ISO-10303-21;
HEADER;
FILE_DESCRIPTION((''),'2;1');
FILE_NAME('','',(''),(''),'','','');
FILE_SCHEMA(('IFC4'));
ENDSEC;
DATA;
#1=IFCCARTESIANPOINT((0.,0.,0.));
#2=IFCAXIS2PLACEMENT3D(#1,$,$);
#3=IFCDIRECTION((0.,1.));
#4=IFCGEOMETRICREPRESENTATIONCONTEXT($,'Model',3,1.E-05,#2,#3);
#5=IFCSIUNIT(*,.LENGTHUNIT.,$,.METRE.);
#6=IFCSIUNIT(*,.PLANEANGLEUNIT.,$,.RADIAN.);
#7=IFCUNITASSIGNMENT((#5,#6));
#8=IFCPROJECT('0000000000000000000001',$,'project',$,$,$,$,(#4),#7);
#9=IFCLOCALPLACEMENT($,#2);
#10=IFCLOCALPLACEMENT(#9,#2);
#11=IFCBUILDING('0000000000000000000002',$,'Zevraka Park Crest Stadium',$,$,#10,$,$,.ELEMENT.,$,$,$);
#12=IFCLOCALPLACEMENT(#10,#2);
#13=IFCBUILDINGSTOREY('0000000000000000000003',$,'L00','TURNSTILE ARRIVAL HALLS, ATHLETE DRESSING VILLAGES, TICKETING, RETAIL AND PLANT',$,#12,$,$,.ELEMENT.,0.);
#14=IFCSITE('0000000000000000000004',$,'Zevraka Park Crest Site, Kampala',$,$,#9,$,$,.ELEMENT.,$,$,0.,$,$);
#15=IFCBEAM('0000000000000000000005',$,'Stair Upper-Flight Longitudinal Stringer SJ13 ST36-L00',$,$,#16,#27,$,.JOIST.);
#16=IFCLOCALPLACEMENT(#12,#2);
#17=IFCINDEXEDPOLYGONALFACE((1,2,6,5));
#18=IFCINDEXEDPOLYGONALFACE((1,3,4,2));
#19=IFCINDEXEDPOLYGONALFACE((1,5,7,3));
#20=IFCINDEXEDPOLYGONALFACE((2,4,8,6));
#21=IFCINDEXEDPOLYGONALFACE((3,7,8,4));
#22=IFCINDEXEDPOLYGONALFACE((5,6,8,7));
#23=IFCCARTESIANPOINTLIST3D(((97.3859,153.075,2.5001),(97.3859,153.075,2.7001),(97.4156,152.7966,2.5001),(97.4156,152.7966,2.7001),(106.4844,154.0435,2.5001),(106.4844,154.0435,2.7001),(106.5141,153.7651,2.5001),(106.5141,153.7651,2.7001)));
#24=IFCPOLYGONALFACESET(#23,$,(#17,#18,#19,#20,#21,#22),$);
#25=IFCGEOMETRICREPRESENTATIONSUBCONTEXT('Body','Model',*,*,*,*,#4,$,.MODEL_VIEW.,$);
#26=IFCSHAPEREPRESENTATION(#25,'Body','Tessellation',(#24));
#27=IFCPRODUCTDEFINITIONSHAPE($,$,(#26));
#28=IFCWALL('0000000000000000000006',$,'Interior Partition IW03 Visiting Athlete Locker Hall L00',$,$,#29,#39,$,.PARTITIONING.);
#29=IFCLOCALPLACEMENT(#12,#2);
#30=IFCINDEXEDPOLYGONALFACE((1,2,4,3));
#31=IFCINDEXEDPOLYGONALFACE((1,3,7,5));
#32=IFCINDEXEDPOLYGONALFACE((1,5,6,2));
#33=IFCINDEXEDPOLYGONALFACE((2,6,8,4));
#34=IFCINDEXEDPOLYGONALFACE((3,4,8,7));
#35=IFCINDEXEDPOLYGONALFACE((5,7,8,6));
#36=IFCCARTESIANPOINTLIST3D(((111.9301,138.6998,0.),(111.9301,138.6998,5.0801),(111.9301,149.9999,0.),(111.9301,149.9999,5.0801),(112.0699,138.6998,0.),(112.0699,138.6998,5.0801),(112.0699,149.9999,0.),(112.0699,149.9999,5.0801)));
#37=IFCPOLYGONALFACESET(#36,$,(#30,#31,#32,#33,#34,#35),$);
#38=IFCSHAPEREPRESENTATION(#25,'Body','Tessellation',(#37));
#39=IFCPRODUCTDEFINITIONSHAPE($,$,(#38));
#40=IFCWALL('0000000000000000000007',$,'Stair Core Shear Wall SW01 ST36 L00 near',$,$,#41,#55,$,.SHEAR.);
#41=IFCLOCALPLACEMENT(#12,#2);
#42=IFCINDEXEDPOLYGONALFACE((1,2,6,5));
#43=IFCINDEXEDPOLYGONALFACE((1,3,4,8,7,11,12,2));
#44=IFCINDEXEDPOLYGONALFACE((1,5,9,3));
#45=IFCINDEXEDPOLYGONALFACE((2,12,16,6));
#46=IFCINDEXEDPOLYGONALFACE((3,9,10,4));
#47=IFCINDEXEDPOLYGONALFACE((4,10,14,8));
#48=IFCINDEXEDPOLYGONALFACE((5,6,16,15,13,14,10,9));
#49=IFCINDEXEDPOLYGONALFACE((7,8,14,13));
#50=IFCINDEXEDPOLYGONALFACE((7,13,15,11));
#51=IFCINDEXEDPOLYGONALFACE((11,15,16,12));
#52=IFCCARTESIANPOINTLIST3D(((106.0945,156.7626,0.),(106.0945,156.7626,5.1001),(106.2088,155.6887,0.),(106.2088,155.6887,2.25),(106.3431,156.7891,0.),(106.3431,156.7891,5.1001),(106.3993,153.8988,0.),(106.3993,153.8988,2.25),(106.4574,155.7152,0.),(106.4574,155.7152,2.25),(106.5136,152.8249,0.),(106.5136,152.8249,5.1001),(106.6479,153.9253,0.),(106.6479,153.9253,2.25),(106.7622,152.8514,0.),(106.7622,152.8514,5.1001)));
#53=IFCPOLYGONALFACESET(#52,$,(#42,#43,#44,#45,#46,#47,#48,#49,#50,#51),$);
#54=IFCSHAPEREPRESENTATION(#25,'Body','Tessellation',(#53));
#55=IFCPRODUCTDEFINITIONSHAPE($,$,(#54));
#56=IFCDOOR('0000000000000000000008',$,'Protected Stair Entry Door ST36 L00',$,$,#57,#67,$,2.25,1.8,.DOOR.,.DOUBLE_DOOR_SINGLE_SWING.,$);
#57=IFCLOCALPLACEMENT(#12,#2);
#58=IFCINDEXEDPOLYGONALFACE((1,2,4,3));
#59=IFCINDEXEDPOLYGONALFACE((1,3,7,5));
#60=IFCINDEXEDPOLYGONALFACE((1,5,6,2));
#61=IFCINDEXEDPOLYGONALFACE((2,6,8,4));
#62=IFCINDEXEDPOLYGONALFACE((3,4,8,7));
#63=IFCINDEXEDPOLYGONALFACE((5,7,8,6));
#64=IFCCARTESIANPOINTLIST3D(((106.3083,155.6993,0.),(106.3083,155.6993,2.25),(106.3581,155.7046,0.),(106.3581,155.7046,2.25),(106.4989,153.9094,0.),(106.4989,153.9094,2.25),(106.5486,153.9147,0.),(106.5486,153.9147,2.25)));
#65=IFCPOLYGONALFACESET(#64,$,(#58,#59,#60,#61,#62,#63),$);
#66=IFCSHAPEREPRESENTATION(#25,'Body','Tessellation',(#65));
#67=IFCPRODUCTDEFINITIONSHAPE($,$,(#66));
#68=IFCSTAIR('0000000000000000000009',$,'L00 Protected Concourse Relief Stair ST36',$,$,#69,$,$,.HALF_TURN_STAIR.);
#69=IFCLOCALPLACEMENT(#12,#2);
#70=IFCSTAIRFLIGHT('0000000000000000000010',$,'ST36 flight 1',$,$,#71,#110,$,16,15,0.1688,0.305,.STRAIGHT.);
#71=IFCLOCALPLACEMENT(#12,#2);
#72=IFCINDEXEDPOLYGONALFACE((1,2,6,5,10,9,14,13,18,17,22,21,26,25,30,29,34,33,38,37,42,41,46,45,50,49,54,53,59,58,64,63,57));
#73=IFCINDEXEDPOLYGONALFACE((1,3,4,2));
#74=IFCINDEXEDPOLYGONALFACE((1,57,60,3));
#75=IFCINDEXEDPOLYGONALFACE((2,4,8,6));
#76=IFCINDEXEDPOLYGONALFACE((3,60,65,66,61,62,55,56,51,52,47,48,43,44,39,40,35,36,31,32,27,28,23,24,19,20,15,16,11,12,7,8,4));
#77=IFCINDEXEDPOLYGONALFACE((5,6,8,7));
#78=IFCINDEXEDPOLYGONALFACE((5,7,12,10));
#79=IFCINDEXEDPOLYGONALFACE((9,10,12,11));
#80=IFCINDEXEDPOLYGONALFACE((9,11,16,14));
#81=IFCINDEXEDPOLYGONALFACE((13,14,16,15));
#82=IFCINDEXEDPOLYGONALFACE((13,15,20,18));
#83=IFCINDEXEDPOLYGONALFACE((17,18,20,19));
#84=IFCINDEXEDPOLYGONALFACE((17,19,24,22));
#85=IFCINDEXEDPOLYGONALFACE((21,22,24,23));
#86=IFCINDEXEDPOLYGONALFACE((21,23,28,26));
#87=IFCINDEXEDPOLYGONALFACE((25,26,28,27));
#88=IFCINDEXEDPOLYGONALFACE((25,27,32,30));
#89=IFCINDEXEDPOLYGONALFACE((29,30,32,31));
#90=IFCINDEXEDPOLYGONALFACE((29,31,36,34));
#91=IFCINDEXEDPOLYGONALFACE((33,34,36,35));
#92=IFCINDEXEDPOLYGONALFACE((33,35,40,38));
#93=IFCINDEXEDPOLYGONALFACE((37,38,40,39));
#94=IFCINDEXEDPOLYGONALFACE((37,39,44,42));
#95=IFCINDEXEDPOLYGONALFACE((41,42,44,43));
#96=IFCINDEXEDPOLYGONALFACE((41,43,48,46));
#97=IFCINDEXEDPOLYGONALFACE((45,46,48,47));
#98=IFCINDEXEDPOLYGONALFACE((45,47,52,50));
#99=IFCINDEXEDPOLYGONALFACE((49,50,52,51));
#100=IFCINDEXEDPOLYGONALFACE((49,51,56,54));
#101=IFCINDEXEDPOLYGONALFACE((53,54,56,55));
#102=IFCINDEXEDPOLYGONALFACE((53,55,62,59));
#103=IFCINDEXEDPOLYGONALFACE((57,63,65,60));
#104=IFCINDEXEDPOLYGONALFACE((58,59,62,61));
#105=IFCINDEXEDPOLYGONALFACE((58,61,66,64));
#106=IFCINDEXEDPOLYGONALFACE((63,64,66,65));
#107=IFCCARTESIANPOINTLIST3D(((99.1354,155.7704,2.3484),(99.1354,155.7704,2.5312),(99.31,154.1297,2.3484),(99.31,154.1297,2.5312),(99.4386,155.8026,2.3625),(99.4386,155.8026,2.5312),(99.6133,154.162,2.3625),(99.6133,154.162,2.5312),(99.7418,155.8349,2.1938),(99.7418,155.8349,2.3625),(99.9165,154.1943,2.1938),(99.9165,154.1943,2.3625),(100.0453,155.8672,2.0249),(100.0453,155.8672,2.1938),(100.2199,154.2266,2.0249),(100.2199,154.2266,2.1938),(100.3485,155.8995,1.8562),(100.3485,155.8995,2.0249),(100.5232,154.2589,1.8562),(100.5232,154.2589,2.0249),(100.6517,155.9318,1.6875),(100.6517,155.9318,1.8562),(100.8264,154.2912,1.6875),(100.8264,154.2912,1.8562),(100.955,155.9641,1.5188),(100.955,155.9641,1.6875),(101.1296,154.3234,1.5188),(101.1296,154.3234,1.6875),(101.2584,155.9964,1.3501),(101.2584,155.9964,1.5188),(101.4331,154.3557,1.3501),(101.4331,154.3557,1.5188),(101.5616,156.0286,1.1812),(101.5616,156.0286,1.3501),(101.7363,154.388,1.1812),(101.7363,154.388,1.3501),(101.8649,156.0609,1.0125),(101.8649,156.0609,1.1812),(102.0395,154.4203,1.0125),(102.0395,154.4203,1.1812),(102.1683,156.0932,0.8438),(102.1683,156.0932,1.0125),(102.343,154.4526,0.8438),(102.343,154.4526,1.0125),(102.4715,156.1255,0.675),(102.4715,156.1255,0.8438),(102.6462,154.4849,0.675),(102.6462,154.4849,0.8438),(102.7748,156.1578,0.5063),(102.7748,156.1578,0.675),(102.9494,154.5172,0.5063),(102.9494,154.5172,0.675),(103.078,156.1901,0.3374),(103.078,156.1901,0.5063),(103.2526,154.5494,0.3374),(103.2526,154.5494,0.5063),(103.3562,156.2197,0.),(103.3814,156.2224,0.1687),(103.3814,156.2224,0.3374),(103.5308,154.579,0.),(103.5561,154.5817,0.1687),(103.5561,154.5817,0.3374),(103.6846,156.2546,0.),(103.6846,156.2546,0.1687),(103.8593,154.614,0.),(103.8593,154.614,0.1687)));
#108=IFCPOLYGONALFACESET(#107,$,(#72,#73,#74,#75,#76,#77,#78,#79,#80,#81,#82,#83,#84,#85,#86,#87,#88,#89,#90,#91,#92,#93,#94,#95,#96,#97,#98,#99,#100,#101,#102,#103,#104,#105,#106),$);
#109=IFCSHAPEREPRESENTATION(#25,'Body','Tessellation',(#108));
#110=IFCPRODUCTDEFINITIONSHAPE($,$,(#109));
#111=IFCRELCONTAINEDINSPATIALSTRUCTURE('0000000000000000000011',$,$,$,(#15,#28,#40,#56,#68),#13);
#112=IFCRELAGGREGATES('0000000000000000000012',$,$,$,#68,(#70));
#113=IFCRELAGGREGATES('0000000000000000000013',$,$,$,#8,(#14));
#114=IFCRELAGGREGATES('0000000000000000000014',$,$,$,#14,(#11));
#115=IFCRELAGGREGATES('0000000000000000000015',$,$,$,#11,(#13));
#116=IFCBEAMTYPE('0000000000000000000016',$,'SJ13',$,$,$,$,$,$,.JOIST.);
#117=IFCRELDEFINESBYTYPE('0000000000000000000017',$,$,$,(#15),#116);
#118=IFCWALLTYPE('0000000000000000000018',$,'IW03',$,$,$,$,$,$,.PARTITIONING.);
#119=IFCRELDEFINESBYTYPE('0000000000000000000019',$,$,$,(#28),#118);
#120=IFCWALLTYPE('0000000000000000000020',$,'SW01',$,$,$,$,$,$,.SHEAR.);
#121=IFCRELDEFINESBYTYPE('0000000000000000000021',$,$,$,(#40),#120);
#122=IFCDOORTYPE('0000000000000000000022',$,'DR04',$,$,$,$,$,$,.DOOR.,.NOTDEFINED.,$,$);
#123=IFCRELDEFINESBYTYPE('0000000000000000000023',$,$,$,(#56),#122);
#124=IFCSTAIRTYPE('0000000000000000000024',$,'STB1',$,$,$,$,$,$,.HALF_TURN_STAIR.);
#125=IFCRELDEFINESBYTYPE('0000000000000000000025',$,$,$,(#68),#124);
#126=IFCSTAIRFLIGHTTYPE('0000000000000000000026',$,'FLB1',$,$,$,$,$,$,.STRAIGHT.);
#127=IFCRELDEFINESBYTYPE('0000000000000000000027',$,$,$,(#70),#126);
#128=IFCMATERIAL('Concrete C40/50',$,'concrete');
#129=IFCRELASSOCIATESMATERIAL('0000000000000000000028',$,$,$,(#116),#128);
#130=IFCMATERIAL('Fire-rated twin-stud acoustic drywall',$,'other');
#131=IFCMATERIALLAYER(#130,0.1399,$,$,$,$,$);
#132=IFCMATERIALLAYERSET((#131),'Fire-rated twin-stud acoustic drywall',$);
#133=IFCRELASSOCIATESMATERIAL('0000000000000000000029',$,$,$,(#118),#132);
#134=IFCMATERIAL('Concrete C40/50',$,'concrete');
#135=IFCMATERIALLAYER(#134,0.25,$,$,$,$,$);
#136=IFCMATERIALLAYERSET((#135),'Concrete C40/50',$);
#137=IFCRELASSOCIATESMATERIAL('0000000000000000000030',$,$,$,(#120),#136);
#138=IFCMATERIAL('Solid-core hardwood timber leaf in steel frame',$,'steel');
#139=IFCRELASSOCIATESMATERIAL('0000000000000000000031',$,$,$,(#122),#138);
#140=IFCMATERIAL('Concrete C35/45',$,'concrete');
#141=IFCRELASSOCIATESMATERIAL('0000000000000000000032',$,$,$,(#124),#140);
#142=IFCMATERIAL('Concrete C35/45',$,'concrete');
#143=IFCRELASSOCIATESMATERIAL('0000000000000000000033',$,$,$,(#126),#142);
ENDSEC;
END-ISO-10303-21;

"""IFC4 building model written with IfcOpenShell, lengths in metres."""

from ifc_helpers import new_model, si_unit, direction, frame, frame_2d, origin, origin_2d, place, context, subcontext, project, spatial, polyline, rectangle, outline, extrude, material, layer, layer_set, material_profile, profile_set, type_object, element, fill, aggregate, save


model = new_model("IFC4")

# Units and contexts
model_context = context("Model", 3, precision=1e-05, world=origin(), true_north=direction((0.0, 1.0)))
body_context = subcontext(model_context, "Body", "Model", "MODEL_VIEW")
ifc_project = project(units=[si_unit("LENGTHUNIT", "METRE"), si_unit("PLANEANGLEUNIT", "RADIAN")], contexts=[model_context])

# Site, building, storey
site_placement = place(None, origin())
site = spatial("IfcSite", under=ifc_project, at=site_placement, Name="Zevraka Park Crest Site, Kampala", CompositionType="ELEMENT", RefElevation=0.0)
building_placement = place(site_placement, origin())
building = spatial("IfcBuilding", under=site, at=building_placement, Name="Zevraka Park Crest Stadium", CompositionType="ELEMENT")
storey_placement = place(building_placement, origin())
storey = spatial("IfcBuildingStorey", under=building, at=storey_placement, Name="L00", Description="TURNSTILE ARRIVAL HALLS, ATHLETE DRESSING VILLAGES, TICKETING, RETAIL AND PLANT", CompositionType="ELEMENT", Elevation=0.0)

# Beam
ifc_material_1 = material(Name="Concrete C40/50", Category="concrete")
ifc_material_profile_1 = material_profile(ifc_material_1, rectangle(XDim=0.28, YDim=0.2, at=origin_2d()), Name="RC 200x280")
ifc_profile_set_1 = profile_set([ifc_material_profile_1], Name="Concrete C40/50")
beam_type_1 = type_object("IfcBeamType", Name="SJ13", PredefinedType="JOIST", material=ifc_profile_set_1)
beam_1_placement = place(storey_placement, frame((106.4993, 153.9043, 2.6001), z_axis=(-0.994382, -0.10585, 0.0), x_axis=(0.10585, -0.994382, 0.0)))
element("IfcBeam", 1, at=beam_1_placement, inside=storey, type_object=beam_type_1, Name="Stair Upper-Flight Longitudinal Stringer SJ13 ST36-L00", PredefinedType="JOIST", context=body_context, shape_type="SweptSolid", body=[
    extrude(rectangle(XDim=0.28, YDim=0.2, at=origin_2d()), origin(), (0.0, 0.0, 1.0), 9.1499),
])

# Wall
ifc_material_2 = material(Name="Fire-rated twin-stud acoustic drywall", Category="other")
ifc_layer_1 = layer(ifc_material_2, 0.1399)
ifc_layer_set_1 = layer_set([ifc_layer_1], Name="Fire-rated twin-stud acoustic drywall")
wall_type_1 = type_object("IfcWallType", Name="IW03", PredefinedType="PARTITIONING", material=ifc_layer_set_1)
wall_1_placement = place(storey_placement, frame((112.0, 138.7, 0.0), z_axis=(0.0, 0.0, 1.0), x_axis=(0.0, 1.0, 0.0)))
element("IfcWall", 2, at=wall_1_placement, inside=storey, type_object=wall_type_1, Name="Interior Partition IW03 Visiting Athlete Locker Hall L00", PredefinedType="PARTITIONING", context=body_context, shape_type="SweptSolid", body=[
    extrude(rectangle(XDim=11.3, YDim=0.1399, at=frame_2d((5.6499, 0.0))), origin(), (0.0, 0.0, 1.0), 5.0801),
])

# Wall, opening, door
ifc_material_3 = material(Name="Concrete C40/50", Category="concrete")
ifc_layer_2 = layer(ifc_material_3, 0.25)
ifc_layer_set_2 = layer_set([ifc_layer_2], Name="Concrete C40/50")
wall_type_2 = type_object("IfcWallType", Name="SW01", PredefinedType="SHEAR", material=ifc_layer_set_2)
wall_2_placement = place(storey_placement, frame((106.6379, 152.8381, 0.0), z_axis=(0.0, 0.0, 1.0), x_axis=(-0.105856, 0.994381, 0.0)))
wall_2 = element("IfcWall", 3, at=wall_2_placement, inside=storey, type_object=wall_type_2, Name="Stair Core Shear Wall SW01 ST36 L00 near", PredefinedType="SHEAR", context=body_context, shape_type="SweptSolid", body=[
    extrude(rectangle(XDim=3.96, YDim=0.25, at=frame_2d((1.98, 0.0))), origin(), (0.0, 0.0, 1.0), 5.1001),
])
opening_placement = place(wall_2_placement, frame((1.0801, 0.0, 0.0)))
opening = element("IfcOpeningElement", 4, at=opening_placement, cuts=wall_2, PredefinedType="OPENING", context=body_context, shape_type="SweptSolid", body=[
    extrude(rectangle(XDim=1.8, YDim=2.25, at=frame_2d((0.8999, 1.125))), frame((0.0, 0.135, 0.0), z_axis=(0.0, -1.0, 0.0), x_axis=(1.0, 0.0, 0.0)), (0.0, 0.0, 1.0), 0.27),
])
ifc_material_4 = material(Name="Solid-core hardwood timber leaf in steel frame", Category="steel")
door_type = type_object("IfcDoorType", Name="DR04", OperationType="NOTDEFINED", PredefinedType="DOOR", material=ifc_material_4)
door_placement = place(opening_placement, origin())
door = element("IfcDoor", 5, at=door_placement, inside=storey, type_object=door_type, Name="Protected Stair Entry Door ST36 L00", OperationType="DOUBLE_DOOR_SINGLE_SWING", OverallHeight=2.25, OverallWidth=1.8, PredefinedType="DOOR", context=body_context, shape_type="SweptSolid", body=[
    extrude(rectangle(XDim=1.8, YDim=2.25, at=frame_2d((0.8999, 1.125))), frame((0.0, 0.0249, 0.0), z_axis=(0.0, -1.0, 0.0), x_axis=(1.0, 0.0, 0.0)), (0.0, 0.0, 1.0), 0.05),
])
fill(opening, door)

# Stair, stair flight
ifc_material_5 = material(Name="Concrete C35/45", Category="concrete")
stair_type = type_object("IfcStairType", Name="STB1", PredefinedType="HALF_TURN_STAIR", material=ifc_material_5)
stair_placement = place(storey_placement, origin())
stair = element("IfcStair", 6, at=stair_placement, inside=storey, type_object=stair_type, Name="L00 Protected Concourse Relief Stair ST36", PredefinedType="HALF_TURN_STAIR")
ifc_material_6 = material(Name="Concrete C35/45", Category="concrete")
stair_flight_type = type_object("IfcStairFlightType", Name="FLB1", PredefinedType="STRAIGHT", material=ifc_material_6)
stair_flight_placement = place(storey_placement, frame((103.772, 155.4343, 0.0), z_axis=(0.0, 0.0, 1.0), x_axis=(-0.994382, -0.105853, 0.0)))
stair_flight = element("IfcStairFlight", 7, at=stair_flight_placement, type_object=stair_flight_type, Name="ST36 flight 1", NumberOfRisers=16, NumberOfTreads=15, PredefinedType="STRAIGHT", RiserHeight=0.1688, TreadLength=0.305, context=body_context, shape_type="SweptSolid", body=[
    extrude(outline(polyline([(0.0, 0.0), (0.0, 0.1687), (0.3049, 0.1687), (0.3049, 0.3374), (0.6101, 0.3374), (0.6101, 0.5063), (0.915, 0.5063), (0.915, 0.675), (1.22, 0.675), (1.22, 0.8438), (1.5249, 0.8438), (1.5249, 1.0125), (1.8301, 1.0125), (1.8301, 1.1812), (2.135, 1.1812), (2.135, 1.3501), (2.4399, 1.3501), (2.4399, 1.5188), (2.7451, 1.5188), (2.7451, 1.6875), (3.05, 1.6875), (3.05, 1.8562), (3.355, 1.8562), (3.355, 2.0249), (3.6599, 2.0249), (3.6599, 2.1938), (3.9651, 2.1938), (3.9651, 2.3625), (4.27, 2.3625), (4.27, 2.5312), (4.575, 2.5312), (4.575, 2.7), (4.575, 2.3484), (0.3303, 0.0), (0.0, 0.0)])), frame((0.0, 0.825, 0.0), z_axis=(0.0, -1.0, 0.0), x_axis=(1.0, 0.0, 0.0)), (0.0, 0.0, 1.0), 1.6499),
])
aggregate(stair, [stair_flight])

save(model, "model.ifc")
